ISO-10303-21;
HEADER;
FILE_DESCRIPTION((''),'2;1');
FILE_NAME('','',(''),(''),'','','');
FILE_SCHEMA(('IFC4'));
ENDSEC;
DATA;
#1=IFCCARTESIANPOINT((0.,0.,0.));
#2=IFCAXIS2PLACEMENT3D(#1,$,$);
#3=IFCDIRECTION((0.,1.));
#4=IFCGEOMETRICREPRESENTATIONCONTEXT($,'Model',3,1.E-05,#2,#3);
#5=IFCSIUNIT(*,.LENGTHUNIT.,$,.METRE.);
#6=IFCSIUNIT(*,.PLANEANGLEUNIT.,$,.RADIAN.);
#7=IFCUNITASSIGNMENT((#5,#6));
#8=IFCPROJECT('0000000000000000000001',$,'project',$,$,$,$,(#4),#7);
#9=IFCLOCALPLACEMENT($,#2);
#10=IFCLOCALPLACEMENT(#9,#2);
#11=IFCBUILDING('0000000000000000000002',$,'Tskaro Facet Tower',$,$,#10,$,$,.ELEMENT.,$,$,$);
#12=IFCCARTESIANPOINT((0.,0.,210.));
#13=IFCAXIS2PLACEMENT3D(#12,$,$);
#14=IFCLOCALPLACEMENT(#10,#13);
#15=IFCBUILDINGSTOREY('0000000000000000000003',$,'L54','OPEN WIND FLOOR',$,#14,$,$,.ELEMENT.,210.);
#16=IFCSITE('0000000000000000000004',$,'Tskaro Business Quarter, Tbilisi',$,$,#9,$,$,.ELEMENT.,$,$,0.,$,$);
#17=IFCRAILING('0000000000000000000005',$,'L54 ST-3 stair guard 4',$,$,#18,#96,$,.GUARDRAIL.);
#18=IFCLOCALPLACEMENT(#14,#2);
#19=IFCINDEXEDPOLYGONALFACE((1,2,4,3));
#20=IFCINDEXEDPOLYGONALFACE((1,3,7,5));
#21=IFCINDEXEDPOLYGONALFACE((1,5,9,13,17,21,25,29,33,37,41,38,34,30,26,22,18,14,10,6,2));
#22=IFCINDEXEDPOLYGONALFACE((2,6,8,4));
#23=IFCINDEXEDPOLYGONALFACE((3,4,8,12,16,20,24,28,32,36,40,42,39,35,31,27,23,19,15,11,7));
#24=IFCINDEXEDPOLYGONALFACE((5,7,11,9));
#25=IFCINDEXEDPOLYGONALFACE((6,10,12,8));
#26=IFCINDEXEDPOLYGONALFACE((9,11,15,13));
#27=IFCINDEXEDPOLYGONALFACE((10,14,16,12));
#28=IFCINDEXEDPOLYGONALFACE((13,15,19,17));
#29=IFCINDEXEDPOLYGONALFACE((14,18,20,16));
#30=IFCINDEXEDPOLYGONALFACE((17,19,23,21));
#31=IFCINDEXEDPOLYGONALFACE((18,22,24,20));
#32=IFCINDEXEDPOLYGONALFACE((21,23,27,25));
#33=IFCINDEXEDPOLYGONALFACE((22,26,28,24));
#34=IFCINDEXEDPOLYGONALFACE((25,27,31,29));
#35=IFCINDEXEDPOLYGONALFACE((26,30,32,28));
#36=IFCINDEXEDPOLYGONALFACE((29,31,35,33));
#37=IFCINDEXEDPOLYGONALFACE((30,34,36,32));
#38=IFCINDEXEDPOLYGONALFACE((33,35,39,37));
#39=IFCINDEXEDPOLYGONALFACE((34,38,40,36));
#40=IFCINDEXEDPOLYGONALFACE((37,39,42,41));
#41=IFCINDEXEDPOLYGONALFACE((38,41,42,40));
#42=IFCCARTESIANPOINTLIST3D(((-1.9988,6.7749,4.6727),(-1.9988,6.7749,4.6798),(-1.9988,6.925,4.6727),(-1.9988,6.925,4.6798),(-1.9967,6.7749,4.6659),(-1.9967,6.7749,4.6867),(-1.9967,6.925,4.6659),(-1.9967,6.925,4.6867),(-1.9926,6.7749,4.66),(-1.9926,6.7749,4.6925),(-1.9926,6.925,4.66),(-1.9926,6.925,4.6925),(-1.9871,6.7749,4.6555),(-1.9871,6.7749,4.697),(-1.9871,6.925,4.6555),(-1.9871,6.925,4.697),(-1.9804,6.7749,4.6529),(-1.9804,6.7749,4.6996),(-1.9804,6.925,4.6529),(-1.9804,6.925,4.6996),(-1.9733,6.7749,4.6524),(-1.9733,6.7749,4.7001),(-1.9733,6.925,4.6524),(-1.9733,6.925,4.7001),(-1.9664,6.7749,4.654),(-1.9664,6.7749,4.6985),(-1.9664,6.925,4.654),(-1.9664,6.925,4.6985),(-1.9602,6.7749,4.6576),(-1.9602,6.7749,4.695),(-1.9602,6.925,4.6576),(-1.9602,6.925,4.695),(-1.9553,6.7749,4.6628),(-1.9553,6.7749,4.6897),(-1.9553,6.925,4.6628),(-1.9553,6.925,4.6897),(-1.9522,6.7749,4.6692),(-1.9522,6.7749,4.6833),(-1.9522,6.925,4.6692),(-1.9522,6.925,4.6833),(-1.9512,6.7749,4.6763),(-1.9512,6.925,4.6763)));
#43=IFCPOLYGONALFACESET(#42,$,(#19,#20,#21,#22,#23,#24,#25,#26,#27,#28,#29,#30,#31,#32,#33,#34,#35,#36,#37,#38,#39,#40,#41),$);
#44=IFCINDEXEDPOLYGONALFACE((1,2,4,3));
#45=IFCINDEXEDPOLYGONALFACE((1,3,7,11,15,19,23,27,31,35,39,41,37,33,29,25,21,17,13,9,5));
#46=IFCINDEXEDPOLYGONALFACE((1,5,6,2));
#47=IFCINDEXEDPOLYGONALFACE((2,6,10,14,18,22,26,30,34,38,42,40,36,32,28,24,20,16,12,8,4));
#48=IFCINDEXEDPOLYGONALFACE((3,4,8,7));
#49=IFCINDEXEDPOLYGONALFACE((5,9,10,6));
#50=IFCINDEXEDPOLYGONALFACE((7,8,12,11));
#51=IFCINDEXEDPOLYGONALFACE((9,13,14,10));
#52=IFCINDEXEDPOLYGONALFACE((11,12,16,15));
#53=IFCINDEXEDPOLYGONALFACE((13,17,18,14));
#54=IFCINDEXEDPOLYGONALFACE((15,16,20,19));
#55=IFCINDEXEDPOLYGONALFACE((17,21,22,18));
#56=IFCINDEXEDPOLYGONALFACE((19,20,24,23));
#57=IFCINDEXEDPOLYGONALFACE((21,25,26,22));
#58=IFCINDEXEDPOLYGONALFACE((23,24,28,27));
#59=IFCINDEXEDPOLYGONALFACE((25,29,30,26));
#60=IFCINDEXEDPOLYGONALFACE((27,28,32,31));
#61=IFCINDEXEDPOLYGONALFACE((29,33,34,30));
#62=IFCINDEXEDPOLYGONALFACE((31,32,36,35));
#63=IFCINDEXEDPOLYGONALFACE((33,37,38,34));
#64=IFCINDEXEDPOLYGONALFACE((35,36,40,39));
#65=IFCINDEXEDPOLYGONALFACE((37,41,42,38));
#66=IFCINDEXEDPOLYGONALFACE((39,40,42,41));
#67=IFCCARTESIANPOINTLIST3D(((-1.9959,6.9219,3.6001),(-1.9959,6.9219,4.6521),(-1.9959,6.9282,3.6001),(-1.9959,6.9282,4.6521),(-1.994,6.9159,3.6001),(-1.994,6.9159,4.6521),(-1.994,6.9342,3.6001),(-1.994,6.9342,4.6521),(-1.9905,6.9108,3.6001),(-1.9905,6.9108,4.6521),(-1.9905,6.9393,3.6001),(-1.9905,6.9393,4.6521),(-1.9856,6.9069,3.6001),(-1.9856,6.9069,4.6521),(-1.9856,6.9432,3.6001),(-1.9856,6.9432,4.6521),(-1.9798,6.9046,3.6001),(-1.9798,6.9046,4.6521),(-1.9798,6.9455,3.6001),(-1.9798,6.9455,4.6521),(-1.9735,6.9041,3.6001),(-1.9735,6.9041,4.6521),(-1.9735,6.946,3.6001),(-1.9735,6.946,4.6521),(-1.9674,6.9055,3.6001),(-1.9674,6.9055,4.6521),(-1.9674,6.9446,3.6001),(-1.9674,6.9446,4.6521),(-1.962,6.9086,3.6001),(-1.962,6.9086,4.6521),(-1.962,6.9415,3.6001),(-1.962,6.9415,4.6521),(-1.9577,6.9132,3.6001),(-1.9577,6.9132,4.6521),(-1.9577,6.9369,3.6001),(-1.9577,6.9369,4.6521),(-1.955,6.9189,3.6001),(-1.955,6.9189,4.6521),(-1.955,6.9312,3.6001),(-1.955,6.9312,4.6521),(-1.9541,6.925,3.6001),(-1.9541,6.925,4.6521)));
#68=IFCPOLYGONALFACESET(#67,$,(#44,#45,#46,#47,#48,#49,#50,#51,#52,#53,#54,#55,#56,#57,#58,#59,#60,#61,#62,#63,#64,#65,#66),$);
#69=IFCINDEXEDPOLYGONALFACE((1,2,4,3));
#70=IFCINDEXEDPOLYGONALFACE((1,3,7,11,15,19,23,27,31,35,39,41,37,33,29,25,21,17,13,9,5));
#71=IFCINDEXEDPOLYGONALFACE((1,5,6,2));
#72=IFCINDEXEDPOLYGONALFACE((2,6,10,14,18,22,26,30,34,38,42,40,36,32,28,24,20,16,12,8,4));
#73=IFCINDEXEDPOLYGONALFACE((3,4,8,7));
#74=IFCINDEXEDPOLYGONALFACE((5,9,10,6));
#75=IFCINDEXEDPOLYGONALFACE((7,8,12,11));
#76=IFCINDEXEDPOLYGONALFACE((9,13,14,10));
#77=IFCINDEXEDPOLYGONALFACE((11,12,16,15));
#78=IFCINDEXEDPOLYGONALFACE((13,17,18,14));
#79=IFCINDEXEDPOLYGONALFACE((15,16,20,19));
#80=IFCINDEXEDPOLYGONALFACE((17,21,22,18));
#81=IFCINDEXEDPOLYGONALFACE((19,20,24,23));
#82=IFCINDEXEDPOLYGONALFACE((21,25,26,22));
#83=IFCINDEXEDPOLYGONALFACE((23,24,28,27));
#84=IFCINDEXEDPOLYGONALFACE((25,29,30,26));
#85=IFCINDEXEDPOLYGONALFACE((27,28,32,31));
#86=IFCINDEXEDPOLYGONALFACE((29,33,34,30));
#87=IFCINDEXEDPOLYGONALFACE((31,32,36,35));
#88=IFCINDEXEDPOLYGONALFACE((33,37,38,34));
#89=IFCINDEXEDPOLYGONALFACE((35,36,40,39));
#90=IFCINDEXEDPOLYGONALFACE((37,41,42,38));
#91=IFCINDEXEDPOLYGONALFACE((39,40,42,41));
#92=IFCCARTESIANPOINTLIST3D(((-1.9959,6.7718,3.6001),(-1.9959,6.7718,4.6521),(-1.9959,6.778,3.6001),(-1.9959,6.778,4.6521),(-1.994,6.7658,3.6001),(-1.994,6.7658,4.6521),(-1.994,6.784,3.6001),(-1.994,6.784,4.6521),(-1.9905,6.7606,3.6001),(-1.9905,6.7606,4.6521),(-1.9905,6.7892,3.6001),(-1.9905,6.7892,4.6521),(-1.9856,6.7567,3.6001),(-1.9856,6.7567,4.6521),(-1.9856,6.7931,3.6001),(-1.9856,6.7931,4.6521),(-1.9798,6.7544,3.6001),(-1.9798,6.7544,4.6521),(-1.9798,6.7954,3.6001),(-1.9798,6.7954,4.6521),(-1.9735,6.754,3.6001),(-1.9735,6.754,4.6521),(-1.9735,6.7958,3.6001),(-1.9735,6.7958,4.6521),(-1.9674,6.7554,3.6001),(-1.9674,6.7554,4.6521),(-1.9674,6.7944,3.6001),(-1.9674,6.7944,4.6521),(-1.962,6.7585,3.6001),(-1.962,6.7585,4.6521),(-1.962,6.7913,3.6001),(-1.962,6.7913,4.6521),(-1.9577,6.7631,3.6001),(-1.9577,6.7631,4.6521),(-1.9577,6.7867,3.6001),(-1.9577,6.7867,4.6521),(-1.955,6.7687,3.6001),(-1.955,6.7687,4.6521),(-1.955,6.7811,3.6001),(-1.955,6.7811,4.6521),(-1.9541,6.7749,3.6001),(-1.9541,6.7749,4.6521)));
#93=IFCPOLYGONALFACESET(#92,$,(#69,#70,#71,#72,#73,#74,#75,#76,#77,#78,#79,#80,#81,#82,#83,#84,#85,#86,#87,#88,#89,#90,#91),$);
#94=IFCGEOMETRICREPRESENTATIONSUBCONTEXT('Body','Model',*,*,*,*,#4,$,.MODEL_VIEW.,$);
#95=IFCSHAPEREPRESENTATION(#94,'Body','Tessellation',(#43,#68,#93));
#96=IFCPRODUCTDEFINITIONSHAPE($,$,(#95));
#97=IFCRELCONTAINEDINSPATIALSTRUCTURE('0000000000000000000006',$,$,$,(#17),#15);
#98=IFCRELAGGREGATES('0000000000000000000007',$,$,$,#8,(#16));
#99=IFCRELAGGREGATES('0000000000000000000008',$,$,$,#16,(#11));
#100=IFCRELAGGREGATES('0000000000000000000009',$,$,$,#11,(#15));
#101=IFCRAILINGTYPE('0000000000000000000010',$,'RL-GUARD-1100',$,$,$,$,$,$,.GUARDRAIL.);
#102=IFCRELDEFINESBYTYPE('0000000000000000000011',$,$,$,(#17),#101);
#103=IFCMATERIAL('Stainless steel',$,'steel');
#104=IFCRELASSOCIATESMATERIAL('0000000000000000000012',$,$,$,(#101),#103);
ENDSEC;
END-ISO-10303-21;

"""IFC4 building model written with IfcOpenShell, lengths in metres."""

from ifc_helpers import new_model, si_unit, direction, frame, origin, origin_2d, place, context, subcontext, project, spatial, circle, extrude, material, type_object, element, save


model = new_model("IFC4")

# Units and contexts
model_context = context("Model", 3, precision=1e-05, world=origin(), true_north=direction((0.0, 1.0)))
body_context = subcontext(model_context, "Body", "Model", "MODEL_VIEW")
ifc_project = project(units=[si_unit("LENGTHUNIT", "METRE"), si_unit("PLANEANGLEUNIT", "RADIAN")], contexts=[model_context])

# Site, building, storey
site_placement = place(None, origin())
site = spatial("IfcSite", under=ifc_project, at=site_placement, Name="Tskaro Business Quarter, Tbilisi", CompositionType="ELEMENT", RefElevation=0.0)
building_placement = place(site_placement, origin())
building = spatial("IfcBuilding", under=site, at=building_placement, Name="Tskaro Facet Tower", CompositionType="ELEMENT")
storey_placement = place(building_placement, frame((0.0, 0.0, 210.0)))
storey = spatial("IfcBuildingStorey", under=building, at=storey_placement, Name="L54", Description="OPEN WIND FLOOR", CompositionType="ELEMENT", Elevation=210.0)

# Railing
ifc_material_1 = material(Name="Stainless steel", Category="steel")
railing_type_1 = type_object("IfcRailingType", Name="RL-GUARD-1100", PredefinedType="GUARDRAIL", material=ifc_material_1)
railing_1_placement = place(storey_placement, frame((-1.9751, 6.925, 3.6001)))
element("IfcRailing", 1, at=railing_1_placement, inside=storey, type_object=railing_type_1, Name="L54 ST-3 stair guard 4", PredefinedType="GUARDRAIL", context=body_context, shape_type="SweptSolid", body=[
    extrude(circle(Radius=0.0239, at=origin_2d()), frame((0.0, 0.0, 1.0762), z_axis=(0.0, -1.0, 0.0), x_axis=(1.0, 0.0, 0.0)), (0.0, 0.0, 1.0), 0.1501),
    extrude(circle(Radius=0.021, at=origin_2d()), origin(), (0.0, 0.0, 1.0), 1.052),
    extrude(circle(Radius=0.021, at=origin_2d()), frame((0.0, -0.1501, 0.0)), (0.0, 0.0, 1.0), 1.052),
])

save(model, "model.ifc")
